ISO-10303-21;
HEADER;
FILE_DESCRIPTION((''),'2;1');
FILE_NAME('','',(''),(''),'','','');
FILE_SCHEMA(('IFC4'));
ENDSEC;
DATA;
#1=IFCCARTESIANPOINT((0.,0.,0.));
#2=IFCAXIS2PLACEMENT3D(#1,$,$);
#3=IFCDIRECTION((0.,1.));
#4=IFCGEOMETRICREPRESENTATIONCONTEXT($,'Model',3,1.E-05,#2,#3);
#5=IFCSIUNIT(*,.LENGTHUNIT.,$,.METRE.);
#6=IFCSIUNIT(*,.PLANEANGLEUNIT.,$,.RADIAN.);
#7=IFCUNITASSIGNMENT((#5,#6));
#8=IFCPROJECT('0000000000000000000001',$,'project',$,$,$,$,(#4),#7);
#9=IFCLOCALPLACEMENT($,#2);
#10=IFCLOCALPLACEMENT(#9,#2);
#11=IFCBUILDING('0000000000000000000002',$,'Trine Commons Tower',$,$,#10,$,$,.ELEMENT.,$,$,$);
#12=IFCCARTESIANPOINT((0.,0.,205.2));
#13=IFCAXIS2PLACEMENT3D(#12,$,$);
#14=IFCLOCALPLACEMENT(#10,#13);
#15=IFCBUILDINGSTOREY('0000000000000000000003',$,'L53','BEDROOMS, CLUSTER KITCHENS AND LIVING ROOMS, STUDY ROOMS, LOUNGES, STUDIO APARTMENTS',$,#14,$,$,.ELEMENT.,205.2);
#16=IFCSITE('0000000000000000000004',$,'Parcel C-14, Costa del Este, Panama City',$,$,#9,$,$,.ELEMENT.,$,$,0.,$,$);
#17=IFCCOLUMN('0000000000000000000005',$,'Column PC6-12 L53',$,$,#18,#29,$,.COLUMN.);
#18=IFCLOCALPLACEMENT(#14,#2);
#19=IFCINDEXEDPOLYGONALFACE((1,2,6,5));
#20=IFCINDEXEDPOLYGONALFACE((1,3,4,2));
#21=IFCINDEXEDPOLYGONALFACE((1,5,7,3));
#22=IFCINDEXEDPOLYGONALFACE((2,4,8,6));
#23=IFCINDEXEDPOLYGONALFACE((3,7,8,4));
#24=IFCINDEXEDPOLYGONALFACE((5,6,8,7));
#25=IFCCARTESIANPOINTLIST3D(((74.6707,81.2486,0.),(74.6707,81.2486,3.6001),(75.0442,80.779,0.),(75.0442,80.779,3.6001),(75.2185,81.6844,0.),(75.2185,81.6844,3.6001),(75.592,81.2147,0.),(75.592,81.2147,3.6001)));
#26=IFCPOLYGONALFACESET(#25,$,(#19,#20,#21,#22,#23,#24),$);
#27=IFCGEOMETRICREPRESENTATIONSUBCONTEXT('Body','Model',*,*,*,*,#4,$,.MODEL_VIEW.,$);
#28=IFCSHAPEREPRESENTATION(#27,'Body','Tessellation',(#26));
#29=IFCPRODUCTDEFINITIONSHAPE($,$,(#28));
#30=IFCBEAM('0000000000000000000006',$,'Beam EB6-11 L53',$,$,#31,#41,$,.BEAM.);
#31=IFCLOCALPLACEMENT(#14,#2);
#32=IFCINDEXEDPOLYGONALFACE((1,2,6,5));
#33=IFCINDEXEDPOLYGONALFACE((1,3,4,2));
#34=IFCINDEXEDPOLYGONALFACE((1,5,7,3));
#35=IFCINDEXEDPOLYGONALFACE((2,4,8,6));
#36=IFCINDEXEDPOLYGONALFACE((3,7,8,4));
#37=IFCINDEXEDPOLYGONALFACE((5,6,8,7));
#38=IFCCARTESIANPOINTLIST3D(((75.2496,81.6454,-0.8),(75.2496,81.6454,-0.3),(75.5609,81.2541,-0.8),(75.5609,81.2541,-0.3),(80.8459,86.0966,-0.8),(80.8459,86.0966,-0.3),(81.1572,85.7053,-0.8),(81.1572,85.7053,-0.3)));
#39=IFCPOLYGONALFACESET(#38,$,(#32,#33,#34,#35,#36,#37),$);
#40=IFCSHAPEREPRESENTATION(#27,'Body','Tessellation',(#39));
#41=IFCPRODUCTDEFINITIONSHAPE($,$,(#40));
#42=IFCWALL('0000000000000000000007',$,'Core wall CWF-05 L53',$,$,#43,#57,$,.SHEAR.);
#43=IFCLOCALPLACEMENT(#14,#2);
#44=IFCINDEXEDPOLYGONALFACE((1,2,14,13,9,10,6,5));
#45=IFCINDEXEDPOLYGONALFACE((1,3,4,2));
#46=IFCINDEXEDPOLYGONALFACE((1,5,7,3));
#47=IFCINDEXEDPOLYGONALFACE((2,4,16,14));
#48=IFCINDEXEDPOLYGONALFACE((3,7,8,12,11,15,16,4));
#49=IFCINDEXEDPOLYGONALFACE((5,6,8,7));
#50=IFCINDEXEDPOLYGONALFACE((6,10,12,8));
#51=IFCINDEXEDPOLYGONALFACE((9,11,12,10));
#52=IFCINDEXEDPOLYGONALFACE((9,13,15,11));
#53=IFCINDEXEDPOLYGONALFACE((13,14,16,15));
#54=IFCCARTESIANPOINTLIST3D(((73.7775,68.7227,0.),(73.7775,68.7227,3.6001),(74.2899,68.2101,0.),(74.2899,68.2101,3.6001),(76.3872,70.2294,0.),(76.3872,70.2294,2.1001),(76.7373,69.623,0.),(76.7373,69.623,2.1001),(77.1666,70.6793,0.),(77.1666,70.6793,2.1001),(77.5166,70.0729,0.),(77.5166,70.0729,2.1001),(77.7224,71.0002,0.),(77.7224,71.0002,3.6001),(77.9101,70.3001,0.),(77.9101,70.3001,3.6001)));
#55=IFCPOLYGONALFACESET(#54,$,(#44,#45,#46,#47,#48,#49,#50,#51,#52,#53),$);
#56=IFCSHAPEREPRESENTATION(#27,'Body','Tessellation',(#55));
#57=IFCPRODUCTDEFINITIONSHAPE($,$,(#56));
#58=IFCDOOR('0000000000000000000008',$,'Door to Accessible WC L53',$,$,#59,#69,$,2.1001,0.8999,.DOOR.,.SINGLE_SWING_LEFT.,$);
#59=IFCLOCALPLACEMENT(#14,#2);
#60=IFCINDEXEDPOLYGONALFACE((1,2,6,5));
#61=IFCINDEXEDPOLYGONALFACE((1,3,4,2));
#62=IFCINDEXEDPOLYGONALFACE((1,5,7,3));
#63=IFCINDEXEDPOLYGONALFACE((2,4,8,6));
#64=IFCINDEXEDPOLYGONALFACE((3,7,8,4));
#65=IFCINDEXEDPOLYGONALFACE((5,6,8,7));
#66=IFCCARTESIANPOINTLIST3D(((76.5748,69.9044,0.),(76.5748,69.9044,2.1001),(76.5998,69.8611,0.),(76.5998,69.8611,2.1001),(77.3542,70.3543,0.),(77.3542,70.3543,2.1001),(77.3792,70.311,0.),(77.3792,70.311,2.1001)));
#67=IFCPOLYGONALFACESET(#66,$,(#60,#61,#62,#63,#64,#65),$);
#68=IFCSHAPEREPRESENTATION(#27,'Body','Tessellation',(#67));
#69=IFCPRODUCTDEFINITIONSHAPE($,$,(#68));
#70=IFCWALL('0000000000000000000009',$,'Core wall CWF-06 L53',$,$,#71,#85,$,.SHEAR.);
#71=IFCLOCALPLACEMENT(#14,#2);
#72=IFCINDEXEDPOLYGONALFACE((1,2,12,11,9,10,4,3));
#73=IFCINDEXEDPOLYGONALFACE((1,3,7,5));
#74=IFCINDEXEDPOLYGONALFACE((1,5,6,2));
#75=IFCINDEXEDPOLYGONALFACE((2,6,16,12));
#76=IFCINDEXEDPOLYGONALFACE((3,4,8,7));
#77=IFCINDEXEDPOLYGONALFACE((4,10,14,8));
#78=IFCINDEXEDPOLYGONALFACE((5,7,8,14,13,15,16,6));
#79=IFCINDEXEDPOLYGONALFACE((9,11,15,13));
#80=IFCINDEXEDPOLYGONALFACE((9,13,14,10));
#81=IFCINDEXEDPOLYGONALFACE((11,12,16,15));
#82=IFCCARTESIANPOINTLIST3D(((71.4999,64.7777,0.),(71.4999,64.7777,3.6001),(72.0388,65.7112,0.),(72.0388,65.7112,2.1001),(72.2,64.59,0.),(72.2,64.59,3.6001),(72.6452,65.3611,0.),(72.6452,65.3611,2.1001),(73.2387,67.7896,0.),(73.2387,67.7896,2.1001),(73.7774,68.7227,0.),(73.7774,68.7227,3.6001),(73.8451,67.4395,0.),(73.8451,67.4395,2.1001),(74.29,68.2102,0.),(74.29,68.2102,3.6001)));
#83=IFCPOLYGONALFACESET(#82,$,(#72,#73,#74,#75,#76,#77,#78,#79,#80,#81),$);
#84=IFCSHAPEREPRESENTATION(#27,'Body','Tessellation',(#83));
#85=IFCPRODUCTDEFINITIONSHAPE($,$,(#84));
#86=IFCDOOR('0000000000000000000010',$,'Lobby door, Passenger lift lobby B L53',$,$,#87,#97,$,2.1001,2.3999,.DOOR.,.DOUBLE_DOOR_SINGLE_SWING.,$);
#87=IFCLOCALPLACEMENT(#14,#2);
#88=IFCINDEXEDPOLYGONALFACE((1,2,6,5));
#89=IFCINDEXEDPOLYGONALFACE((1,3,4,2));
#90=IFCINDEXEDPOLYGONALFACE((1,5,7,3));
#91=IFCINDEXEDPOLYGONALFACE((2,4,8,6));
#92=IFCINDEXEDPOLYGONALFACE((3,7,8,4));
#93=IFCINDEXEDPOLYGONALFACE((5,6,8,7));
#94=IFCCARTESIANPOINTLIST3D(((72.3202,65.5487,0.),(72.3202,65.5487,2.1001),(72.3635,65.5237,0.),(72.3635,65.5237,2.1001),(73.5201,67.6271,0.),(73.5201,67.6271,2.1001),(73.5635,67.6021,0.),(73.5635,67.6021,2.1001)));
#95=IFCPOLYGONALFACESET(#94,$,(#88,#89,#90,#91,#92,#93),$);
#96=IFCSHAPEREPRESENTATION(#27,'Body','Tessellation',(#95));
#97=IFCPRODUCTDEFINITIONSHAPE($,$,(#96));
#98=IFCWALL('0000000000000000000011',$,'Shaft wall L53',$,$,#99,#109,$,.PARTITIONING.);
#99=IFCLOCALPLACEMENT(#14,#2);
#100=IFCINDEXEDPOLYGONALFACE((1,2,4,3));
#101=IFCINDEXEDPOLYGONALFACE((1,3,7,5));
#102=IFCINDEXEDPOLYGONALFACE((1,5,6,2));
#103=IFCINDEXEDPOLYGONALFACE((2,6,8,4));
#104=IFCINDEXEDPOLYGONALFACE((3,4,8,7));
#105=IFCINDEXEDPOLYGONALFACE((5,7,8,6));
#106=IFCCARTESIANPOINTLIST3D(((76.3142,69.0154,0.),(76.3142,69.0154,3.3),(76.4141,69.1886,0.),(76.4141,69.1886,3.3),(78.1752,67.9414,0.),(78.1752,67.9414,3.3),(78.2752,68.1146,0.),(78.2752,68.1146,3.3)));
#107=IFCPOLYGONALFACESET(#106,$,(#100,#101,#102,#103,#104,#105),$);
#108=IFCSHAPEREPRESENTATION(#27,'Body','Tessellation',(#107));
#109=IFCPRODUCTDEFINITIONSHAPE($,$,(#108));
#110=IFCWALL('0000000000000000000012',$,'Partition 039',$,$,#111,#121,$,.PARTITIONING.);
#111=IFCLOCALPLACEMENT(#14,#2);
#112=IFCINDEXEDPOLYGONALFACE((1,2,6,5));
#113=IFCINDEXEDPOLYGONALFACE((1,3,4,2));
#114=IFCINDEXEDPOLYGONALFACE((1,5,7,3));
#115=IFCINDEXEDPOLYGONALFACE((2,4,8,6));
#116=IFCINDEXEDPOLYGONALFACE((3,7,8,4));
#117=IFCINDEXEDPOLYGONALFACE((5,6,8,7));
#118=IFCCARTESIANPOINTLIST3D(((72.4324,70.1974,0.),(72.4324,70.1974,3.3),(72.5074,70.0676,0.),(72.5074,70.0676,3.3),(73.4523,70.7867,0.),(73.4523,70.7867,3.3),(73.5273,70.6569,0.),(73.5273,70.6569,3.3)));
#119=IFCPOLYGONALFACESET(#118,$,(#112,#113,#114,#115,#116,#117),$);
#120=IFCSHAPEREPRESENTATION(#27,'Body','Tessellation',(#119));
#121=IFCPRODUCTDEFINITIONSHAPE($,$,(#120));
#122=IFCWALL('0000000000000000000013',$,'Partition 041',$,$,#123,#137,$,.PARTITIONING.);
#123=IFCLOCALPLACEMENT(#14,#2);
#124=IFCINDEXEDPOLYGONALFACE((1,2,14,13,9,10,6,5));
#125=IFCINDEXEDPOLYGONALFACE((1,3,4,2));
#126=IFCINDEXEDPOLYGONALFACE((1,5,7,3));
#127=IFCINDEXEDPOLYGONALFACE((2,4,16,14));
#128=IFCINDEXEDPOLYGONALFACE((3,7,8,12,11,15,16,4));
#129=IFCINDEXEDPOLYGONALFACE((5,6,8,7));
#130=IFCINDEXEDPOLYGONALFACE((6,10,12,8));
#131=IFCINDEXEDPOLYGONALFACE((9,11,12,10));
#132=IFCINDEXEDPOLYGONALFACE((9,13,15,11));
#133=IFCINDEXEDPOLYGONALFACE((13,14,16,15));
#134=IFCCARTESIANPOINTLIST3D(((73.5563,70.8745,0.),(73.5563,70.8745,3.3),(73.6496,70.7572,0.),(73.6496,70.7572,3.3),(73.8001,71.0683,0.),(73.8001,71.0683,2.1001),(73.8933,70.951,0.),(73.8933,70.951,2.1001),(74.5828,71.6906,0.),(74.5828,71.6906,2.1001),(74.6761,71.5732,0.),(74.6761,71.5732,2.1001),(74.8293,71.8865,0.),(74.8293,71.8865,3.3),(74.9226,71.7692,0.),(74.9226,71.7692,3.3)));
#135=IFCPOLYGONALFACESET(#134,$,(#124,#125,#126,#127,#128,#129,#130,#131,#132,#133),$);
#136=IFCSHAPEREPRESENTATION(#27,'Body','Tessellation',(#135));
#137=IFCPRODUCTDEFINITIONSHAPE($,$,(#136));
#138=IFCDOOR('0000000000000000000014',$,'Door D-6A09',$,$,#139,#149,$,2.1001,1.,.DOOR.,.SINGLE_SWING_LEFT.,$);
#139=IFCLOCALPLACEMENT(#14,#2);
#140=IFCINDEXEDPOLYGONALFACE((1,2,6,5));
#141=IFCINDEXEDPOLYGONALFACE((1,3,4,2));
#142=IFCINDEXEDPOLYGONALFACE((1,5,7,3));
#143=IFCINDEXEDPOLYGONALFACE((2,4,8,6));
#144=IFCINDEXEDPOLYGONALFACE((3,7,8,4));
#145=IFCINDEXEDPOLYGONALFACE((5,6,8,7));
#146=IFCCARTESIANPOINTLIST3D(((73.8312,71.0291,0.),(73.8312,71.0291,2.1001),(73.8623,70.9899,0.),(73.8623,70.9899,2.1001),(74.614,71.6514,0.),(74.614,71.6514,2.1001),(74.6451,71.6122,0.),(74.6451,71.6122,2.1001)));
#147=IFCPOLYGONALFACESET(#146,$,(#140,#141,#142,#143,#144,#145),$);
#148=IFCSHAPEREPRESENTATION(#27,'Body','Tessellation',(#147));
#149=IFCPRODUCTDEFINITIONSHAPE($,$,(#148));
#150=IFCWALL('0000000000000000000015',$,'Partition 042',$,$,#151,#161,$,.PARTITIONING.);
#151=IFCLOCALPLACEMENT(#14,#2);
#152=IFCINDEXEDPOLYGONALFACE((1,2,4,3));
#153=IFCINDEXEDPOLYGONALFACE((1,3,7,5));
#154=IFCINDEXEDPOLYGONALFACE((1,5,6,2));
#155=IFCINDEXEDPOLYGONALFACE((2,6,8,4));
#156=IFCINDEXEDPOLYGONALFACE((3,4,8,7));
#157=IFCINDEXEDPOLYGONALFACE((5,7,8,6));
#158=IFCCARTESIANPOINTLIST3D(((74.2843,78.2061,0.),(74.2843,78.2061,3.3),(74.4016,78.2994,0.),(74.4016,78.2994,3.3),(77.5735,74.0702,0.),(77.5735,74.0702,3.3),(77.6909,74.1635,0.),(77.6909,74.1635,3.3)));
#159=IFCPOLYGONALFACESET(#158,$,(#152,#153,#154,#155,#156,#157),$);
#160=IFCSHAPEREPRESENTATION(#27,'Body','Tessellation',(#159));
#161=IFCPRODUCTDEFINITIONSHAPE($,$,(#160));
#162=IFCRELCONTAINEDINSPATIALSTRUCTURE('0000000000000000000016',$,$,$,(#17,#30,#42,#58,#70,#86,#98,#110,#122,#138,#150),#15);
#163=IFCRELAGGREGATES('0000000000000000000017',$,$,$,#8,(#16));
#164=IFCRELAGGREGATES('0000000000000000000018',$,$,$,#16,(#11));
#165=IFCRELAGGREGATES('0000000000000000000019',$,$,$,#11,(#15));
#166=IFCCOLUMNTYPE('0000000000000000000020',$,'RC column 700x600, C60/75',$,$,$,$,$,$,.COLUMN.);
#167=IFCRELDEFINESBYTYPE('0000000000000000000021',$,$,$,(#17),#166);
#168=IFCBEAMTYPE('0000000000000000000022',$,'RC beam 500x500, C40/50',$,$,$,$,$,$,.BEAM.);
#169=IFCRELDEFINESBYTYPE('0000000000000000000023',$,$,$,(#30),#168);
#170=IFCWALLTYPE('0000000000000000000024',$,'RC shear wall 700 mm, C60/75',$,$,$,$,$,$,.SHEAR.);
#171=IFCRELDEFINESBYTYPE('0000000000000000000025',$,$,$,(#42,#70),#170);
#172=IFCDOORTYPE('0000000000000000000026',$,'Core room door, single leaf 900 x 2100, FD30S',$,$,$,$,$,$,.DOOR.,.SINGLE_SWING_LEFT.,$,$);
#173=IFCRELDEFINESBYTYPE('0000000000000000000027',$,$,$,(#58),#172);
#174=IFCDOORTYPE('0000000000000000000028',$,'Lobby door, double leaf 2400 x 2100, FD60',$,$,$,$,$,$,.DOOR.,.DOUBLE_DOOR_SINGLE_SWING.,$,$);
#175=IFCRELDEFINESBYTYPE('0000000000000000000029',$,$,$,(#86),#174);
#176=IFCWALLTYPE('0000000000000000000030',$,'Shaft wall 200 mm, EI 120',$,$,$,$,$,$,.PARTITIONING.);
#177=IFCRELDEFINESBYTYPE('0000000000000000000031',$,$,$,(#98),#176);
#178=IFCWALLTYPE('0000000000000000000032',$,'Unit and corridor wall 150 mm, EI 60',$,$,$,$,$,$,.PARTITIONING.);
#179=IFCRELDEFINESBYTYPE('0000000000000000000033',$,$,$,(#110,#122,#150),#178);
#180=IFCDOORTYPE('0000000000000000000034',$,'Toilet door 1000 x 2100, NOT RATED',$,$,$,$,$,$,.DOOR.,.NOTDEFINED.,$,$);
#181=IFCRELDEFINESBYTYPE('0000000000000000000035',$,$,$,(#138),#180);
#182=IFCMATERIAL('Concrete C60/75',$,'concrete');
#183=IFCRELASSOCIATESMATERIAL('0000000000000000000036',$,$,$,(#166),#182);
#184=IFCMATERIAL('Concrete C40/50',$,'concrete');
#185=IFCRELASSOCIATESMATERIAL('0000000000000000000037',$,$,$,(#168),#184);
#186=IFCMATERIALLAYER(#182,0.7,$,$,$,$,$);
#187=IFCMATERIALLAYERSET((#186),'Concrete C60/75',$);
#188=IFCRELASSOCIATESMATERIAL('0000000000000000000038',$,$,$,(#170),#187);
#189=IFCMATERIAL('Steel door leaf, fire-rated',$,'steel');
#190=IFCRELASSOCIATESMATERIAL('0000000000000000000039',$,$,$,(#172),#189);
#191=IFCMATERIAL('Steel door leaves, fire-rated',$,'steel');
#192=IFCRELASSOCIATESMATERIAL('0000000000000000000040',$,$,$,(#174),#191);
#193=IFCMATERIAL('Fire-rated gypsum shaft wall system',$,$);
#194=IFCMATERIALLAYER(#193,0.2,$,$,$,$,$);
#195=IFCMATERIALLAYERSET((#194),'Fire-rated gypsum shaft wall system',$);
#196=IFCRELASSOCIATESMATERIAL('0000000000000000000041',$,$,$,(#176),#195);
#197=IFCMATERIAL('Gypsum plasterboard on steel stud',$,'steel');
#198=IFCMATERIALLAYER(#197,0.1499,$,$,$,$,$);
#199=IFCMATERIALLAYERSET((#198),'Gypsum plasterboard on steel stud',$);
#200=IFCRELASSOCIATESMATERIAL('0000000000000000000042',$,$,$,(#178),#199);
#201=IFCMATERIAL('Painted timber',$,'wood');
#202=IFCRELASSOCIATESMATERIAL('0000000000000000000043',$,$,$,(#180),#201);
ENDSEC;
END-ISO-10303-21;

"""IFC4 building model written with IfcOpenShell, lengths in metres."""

from ifc_helpers import new_model, si_unit, direction, frame, frame_2d, origin, origin_2d, place, context, subcontext, project, spatial, polyline, rectangle, outline, extrude, material, layer, layer_set, material_profile, profile_set, type_object, element, fill, save


model = new_model("IFC4")

# Units and contexts
model_context = context("Model", 3, precision=1e-05, world=origin(), true_north=direction((0.0, 1.0)))
body_context = subcontext(model_context, "Body", "Model", "MODEL_VIEW")
ifc_project = project(units=[si_unit("LENGTHUNIT", "METRE"), si_unit("PLANEANGLEUNIT", "RADIAN")], contexts=[model_context])

# Site, building, storey
site_placement = place(None, origin())
site = spatial("IfcSite", under=ifc_project, at=site_placement, Name="Parcel C-14, Costa del Este, Panama City", CompositionType="ELEMENT", RefElevation=0.0)
building_placement = place(site_placement, origin())
building = spatial("IfcBuilding", under=site, at=building_placement, Name="Trine Commons Tower", CompositionType="ELEMENT")
storey_placement = place(building_placement, frame((0.0, 0.0, 205.2)))
storey = spatial("IfcBuildingStorey", under=building, at=storey_placement, Name="L53", Description="BEDROOMS, CLUSTER KITCHENS AND LIVING ROOMS, STUDY ROOMS, LOUNGES, STUDIO APARTMENTS", CompositionType="ELEMENT", Elevation=205.2)

# Column
ifc_material_1 = material(Name="Concrete C60/75", Category="concrete")
ifc_material_profile_1 = material_profile(ifc_material_1, rectangle(XDim=0.7, YDim=0.6001, at=origin_2d()), Name="RC 700x600")
ifc_profile_set_1 = profile_set([ifc_material_profile_1], Name="Concrete C60/75")
column_type = type_object("IfcColumnType", Name="RC column 700x600, C60/75", PredefinedType="COLUMN", material=ifc_profile_set_1)
column_placement = place(storey_placement, frame((75.1313, 81.2317, 0.0), z_axis=(0.0, 0.0, 1.0), x_axis=(0.782608, 0.622515, 0.0)))
element("IfcColumn", 1, at=column_placement, inside=storey, type_object=column_type, Name="Column PC6-12 L53", PredefinedType="COLUMN", context=body_context, shape_type="SweptSolid", body=[
    extrude(rectangle(XDim=0.7, YDim=0.6001, at=origin_2d()), origin(), (0.0, 0.0, 1.0), 3.6001),
])

# Beam
ifc_material_2 = material(Name="Concrete C40/50", Category="concrete")
ifc_material_profile_2 = material_profile(ifc_material_2, rectangle(XDim=0.5, YDim=0.5, at=origin_2d()), Name="RC 500x500")
ifc_profile_set_2 = profile_set([ifc_material_profile_2], Name="Concrete C40/50")
beam_type = type_object("IfcBeamType", Name="RC beam 500x500, C40/50", PredefinedType="BEAM", material=ifc_profile_set_2)
beam_placement = place(storey_placement, frame((75.4053, 81.4497, -0.55), z_axis=(0.782624, 0.622494, 0.0), x_axis=(-0.622494, 0.782624, 0.0)))
element("IfcBeam", 2, at=beam_placement, inside=storey, type_object=beam_type, Name="Beam EB6-11 L53", PredefinedType="BEAM", context=body_context, shape_type="SweptSolid", body=[
    extrude(rectangle(XDim=0.5, YDim=0.5, at=origin_2d()), origin(), (0.0, 0.0, 1.0), 7.1506),
])

# Walls, openings, doors
ifc_layer_1 = layer(ifc_material_1, 0.7)
ifc_layer_set_1 = layer_set([ifc_layer_1], Name="Concrete C60/75")
wall_type_1 = type_object("IfcWallType", Name="RC shear wall 700 mm, C60/75", PredefinedType="SHEAR", material=ifc_layer_set_1)
wall_1_placement = place(storey_placement, frame((77.8975, 70.697, 0.0), z_axis=(0.0, 0.0, 1.0), x_axis=(-0.866035, -0.499984, 0.0)))
wall_1 = element("IfcWall", 3, at=wall_1_placement, inside=storey, type_object=wall_type_1, Name="Core wall CWF-05 L53", PredefinedType="SHEAR", context=body_context, shape_type="SweptSolid", body=[
    extrude(outline(polyline([(0.0, -0.3501), (4.5552, -0.3501), (4.3677, 0.3501), (0.1875, 0.3501), (0.0, -0.3501)])), origin(), (0.0, 0.0, 1.0), 3.6001),
])
opening_1_placement = place(wall_1_placement, frame((0.6418, 0.0, 0.0)))
opening_1 = element("IfcOpeningElement", 4, at=opening_1_placement, cuts=wall_1, PredefinedType="OPENING", context=body_context, shape_type="SweptSolid", body=[
    extrude(rectangle(XDim=0.8999, YDim=2.1001, at=frame_2d((0.45, 1.05))), frame((0.0, 0.3599, 0.0), z_axis=(0.0, -1.0, 0.0), x_axis=(1.0, 0.0, 0.0)), (0.0, 0.0, 1.0), 0.72),
])
ifc_material_3 = material(Name="Steel door leaf, fire-rated", Category="steel")
door_type_1 = type_object("IfcDoorType", Name="Core room door, single leaf 900 x 2100, FD30S", OperationType="SINGLE_SWING_LEFT", PredefinedType="DOOR", material=ifc_material_3)
door_1_placement = place(opening_1_placement, origin())
door_1 = element("IfcDoor", 5, at=door_1_placement, inside=storey, type_object=door_type_1, Name="Door to Accessible WC L53", OperationType="SINGLE_SWING_LEFT", OverallHeight=2.1001, OverallWidth=0.8999, PredefinedType="DOOR", context=body_context, shape_type="SweptSolid", body=[
    extrude(rectangle(XDim=0.8999, YDim=2.1001, at=frame_2d((0.45, 1.05))), frame((0.0, 0.0752, 0.0), z_axis=(0.0, -1.0, 0.0), x_axis=(1.0, 0.0, 0.0)), (0.0, 0.0, 1.0), 0.05),
])
fill(opening_1, door_1)
wall_2_placement = place(storey_placement, frame((74.0806, 68.5476, 0.0), z_axis=(0.0, 0.0, 1.0), x_axis=(-0.499984, -0.866035, 0.0)))
wall_2 = element("IfcWall", 6, at=wall_2_placement, inside=storey, type_object=wall_type_1, Name="Core wall CWF-06 L53", PredefinedType="SHEAR", context=body_context, shape_type="SweptSolid", body=[
    extrude(outline(polyline([(0.0, -0.3501), (4.5552, -0.3501), (4.3677, 0.3501), (0.1875, 0.3501), (0.0, -0.3501)])), origin(), (0.0, 0.0, 1.0), 3.6001),
])
opening_2_placement = place(wall_2_placement, frame((1.0774, 0.0, 0.0)))
opening_2 = element("IfcOpeningElement", 7, at=opening_2_placement, cuts=wall_2, PredefinedType="OPENING", context=body_context, shape_type="SweptSolid", body=[
    extrude(rectangle(XDim=2.3999, YDim=2.1001, at=frame_2d((1.2, 1.05))), frame((0.0, 0.3599, 0.0), z_axis=(0.0, -1.0, 0.0), x_axis=(1.0, 0.0, 0.0)), (0.0, 0.0, 1.0), 0.72),
])
ifc_material_4 = material(Name="Steel door leaves, fire-rated", Category="steel")
door_type_2 = type_object("IfcDoorType", Name="Lobby door, double leaf 2400 x 2100, FD60", OperationType="DOUBLE_DOOR_SINGLE_SWING", PredefinedType="DOOR", material=ifc_material_4)
door_2_placement = place(opening_2_placement, origin())
door_2 = element("IfcDoor", 8, at=door_2_placement, inside=storey, type_object=door_type_2, Name="Lobby door, Passenger lift lobby B L53", OperationType="DOUBLE_DOOR_SINGLE_SWING", OverallHeight=2.1001, OverallWidth=2.3999, PredefinedType="DOOR", context=body_context, shape_type="SweptSolid", body=[
    extrude(rectangle(XDim=2.3999, YDim=2.1001, at=frame_2d((1.2, 1.05))), frame((0.0, 0.0249, 0.0), z_axis=(0.0, -1.0, 0.0), x_axis=(1.0, 0.0, 0.0)), (0.0, 0.0, 1.0), 0.05),
])
fill(opening_2, door_2)

# Walls
ifc_material_5 = material(Name="Fire-rated gypsum shaft wall system")
ifc_layer_2 = layer(ifc_material_5, 0.2)
ifc_layer_set_2 = layer_set([ifc_layer_2], Name="Fire-rated gypsum shaft wall system")
wall_type_2 = type_object("IfcWallType", Name="Shaft wall 200 mm, EI 120", PredefinedType="PARTITIONING", material=ifc_layer_set_2)
wall_3_placement = place(storey_placement, frame((78.2251, 68.0281, 0.0), z_axis=(0.0, 0.0, 1.0), x_axis=(-0.866131, 0.499818, 0.0)))
element("IfcWall", 9, at=wall_3_placement, inside=storey, type_object=wall_type_2, Name="Shaft wall L53", PredefinedType="PARTITIONING", context=body_context, shape_type="SweptSolid", body=[
    extrude(rectangle(XDim=2.1487, YDim=0.2, at=frame_2d((1.0742, 0.0))), origin(), (0.0, 0.0, 1.0), 3.3),
])
ifc_material_6 = material(Name="Gypsum plasterboard on steel stud", Category="steel")
ifc_layer_3 = layer(ifc_material_6, 0.1499)
ifc_layer_set_3 = layer_set([ifc_layer_3], Name="Gypsum plasterboard on steel stud")
wall_type_3 = type_object("IfcWallType", Name="Unit and corridor wall 150 mm, EI 60", PredefinedType="PARTITIONING", material=ifc_layer_set_3)
wall_4_placement = place(storey_placement, frame((72.47, 70.1326, 0.0), z_axis=(0.0, 0.0, 1.0), x_axis=(0.865861, 0.500285, 0.0)))
element("IfcWall", 10, at=wall_4_placement, inside=storey, type_object=wall_type_3, Name="Partition 039", PredefinedType="PARTITIONING", context=body_context, shape_type="SweptSolid", body=[
    extrude(rectangle(XDim=1.178, YDim=0.1499, at=frame_2d((0.5889, 0.0))), origin(), (0.0, 0.0, 1.0), 3.3),
])

# Wall, opening, door
wall_5_placement = place(storey_placement, frame((73.603, 70.8159, 0.0), z_axis=(0.0, 0.0, 1.0), x_axis=(0.782784, 0.622294, 0.0)))
wall_5 = element("IfcWall", 11, at=wall_5_placement, inside=storey, type_object=wall_type_3, Name="Partition 041", PredefinedType="PARTITIONING", context=body_context, shape_type="SweptSolid", body=[
    extrude(rectangle(XDim=1.6262, YDim=0.1499, at=frame_2d((0.813, 0.0))), origin(), (0.0, 0.0, 1.0), 3.3),
])
opening_3_placement = place(wall_5_placement, frame((0.3113, 0.0, 0.0)))
opening_3 = element("IfcOpeningElement", 12, at=opening_3_placement, cuts=wall_5, PredefinedType="OPENING", context=body_context, shape_type="SweptSolid", body=[
    extrude(rectangle(XDim=1.0, YDim=2.1001, at=frame_2d((0.5, 1.05))), frame((0.0, 0.085, 0.0), z_axis=(0.0, -1.0, 0.0), x_axis=(1.0, 0.0, 0.0)), (0.0, 0.0, 1.0), 0.1699),
])
ifc_material_7 = material(Name="Painted timber", Category="wood")
door_type_3 = type_object("IfcDoorType", Name="Toilet door 1000 x 2100, NOT RATED", OperationType="NOTDEFINED", PredefinedType="DOOR", material=ifc_material_7)
door_3_placement = place(opening_3_placement, origin())
door_3 = element("IfcDoor", 13, at=door_3_placement, inside=storey, type_object=door_type_3, Name="Door D-6A09", OperationType="SINGLE_SWING_LEFT", OverallHeight=2.1001, OverallWidth=1.0, PredefinedType="DOOR", context=body_context, shape_type="SweptSolid", body=[
    extrude(rectangle(XDim=1.0, YDim=2.1001, at=frame_2d((0.5, 1.05))), frame((0.0, 0.0249, 0.0), z_axis=(0.0, -1.0, 0.0), x_axis=(1.0, 0.0, 0.0)), (0.0, 0.0, 1.0), 0.05),
])
fill(opening_3, door_3)

# Wall
wall_6_placement = place(storey_placement, frame((74.343, 78.2527, 0.0), z_axis=(0.0, 0.0, 1.0), x_axis=(0.622444, -0.782664, 0.0)))
element("IfcWall", 14, at=wall_6_placement, inside=storey, type_object=wall_type_3, Name="Partition 042", PredefinedType="PARTITIONING", context=body_context, shape_type="SweptSolid", body=[
    extrude(rectangle(XDim=5.2844, YDim=0.1499, at=frame_2d((2.6421, 0.0))), origin(), (0.0, 0.0, 1.0), 3.3),
])

save(model, "model.ifc")
